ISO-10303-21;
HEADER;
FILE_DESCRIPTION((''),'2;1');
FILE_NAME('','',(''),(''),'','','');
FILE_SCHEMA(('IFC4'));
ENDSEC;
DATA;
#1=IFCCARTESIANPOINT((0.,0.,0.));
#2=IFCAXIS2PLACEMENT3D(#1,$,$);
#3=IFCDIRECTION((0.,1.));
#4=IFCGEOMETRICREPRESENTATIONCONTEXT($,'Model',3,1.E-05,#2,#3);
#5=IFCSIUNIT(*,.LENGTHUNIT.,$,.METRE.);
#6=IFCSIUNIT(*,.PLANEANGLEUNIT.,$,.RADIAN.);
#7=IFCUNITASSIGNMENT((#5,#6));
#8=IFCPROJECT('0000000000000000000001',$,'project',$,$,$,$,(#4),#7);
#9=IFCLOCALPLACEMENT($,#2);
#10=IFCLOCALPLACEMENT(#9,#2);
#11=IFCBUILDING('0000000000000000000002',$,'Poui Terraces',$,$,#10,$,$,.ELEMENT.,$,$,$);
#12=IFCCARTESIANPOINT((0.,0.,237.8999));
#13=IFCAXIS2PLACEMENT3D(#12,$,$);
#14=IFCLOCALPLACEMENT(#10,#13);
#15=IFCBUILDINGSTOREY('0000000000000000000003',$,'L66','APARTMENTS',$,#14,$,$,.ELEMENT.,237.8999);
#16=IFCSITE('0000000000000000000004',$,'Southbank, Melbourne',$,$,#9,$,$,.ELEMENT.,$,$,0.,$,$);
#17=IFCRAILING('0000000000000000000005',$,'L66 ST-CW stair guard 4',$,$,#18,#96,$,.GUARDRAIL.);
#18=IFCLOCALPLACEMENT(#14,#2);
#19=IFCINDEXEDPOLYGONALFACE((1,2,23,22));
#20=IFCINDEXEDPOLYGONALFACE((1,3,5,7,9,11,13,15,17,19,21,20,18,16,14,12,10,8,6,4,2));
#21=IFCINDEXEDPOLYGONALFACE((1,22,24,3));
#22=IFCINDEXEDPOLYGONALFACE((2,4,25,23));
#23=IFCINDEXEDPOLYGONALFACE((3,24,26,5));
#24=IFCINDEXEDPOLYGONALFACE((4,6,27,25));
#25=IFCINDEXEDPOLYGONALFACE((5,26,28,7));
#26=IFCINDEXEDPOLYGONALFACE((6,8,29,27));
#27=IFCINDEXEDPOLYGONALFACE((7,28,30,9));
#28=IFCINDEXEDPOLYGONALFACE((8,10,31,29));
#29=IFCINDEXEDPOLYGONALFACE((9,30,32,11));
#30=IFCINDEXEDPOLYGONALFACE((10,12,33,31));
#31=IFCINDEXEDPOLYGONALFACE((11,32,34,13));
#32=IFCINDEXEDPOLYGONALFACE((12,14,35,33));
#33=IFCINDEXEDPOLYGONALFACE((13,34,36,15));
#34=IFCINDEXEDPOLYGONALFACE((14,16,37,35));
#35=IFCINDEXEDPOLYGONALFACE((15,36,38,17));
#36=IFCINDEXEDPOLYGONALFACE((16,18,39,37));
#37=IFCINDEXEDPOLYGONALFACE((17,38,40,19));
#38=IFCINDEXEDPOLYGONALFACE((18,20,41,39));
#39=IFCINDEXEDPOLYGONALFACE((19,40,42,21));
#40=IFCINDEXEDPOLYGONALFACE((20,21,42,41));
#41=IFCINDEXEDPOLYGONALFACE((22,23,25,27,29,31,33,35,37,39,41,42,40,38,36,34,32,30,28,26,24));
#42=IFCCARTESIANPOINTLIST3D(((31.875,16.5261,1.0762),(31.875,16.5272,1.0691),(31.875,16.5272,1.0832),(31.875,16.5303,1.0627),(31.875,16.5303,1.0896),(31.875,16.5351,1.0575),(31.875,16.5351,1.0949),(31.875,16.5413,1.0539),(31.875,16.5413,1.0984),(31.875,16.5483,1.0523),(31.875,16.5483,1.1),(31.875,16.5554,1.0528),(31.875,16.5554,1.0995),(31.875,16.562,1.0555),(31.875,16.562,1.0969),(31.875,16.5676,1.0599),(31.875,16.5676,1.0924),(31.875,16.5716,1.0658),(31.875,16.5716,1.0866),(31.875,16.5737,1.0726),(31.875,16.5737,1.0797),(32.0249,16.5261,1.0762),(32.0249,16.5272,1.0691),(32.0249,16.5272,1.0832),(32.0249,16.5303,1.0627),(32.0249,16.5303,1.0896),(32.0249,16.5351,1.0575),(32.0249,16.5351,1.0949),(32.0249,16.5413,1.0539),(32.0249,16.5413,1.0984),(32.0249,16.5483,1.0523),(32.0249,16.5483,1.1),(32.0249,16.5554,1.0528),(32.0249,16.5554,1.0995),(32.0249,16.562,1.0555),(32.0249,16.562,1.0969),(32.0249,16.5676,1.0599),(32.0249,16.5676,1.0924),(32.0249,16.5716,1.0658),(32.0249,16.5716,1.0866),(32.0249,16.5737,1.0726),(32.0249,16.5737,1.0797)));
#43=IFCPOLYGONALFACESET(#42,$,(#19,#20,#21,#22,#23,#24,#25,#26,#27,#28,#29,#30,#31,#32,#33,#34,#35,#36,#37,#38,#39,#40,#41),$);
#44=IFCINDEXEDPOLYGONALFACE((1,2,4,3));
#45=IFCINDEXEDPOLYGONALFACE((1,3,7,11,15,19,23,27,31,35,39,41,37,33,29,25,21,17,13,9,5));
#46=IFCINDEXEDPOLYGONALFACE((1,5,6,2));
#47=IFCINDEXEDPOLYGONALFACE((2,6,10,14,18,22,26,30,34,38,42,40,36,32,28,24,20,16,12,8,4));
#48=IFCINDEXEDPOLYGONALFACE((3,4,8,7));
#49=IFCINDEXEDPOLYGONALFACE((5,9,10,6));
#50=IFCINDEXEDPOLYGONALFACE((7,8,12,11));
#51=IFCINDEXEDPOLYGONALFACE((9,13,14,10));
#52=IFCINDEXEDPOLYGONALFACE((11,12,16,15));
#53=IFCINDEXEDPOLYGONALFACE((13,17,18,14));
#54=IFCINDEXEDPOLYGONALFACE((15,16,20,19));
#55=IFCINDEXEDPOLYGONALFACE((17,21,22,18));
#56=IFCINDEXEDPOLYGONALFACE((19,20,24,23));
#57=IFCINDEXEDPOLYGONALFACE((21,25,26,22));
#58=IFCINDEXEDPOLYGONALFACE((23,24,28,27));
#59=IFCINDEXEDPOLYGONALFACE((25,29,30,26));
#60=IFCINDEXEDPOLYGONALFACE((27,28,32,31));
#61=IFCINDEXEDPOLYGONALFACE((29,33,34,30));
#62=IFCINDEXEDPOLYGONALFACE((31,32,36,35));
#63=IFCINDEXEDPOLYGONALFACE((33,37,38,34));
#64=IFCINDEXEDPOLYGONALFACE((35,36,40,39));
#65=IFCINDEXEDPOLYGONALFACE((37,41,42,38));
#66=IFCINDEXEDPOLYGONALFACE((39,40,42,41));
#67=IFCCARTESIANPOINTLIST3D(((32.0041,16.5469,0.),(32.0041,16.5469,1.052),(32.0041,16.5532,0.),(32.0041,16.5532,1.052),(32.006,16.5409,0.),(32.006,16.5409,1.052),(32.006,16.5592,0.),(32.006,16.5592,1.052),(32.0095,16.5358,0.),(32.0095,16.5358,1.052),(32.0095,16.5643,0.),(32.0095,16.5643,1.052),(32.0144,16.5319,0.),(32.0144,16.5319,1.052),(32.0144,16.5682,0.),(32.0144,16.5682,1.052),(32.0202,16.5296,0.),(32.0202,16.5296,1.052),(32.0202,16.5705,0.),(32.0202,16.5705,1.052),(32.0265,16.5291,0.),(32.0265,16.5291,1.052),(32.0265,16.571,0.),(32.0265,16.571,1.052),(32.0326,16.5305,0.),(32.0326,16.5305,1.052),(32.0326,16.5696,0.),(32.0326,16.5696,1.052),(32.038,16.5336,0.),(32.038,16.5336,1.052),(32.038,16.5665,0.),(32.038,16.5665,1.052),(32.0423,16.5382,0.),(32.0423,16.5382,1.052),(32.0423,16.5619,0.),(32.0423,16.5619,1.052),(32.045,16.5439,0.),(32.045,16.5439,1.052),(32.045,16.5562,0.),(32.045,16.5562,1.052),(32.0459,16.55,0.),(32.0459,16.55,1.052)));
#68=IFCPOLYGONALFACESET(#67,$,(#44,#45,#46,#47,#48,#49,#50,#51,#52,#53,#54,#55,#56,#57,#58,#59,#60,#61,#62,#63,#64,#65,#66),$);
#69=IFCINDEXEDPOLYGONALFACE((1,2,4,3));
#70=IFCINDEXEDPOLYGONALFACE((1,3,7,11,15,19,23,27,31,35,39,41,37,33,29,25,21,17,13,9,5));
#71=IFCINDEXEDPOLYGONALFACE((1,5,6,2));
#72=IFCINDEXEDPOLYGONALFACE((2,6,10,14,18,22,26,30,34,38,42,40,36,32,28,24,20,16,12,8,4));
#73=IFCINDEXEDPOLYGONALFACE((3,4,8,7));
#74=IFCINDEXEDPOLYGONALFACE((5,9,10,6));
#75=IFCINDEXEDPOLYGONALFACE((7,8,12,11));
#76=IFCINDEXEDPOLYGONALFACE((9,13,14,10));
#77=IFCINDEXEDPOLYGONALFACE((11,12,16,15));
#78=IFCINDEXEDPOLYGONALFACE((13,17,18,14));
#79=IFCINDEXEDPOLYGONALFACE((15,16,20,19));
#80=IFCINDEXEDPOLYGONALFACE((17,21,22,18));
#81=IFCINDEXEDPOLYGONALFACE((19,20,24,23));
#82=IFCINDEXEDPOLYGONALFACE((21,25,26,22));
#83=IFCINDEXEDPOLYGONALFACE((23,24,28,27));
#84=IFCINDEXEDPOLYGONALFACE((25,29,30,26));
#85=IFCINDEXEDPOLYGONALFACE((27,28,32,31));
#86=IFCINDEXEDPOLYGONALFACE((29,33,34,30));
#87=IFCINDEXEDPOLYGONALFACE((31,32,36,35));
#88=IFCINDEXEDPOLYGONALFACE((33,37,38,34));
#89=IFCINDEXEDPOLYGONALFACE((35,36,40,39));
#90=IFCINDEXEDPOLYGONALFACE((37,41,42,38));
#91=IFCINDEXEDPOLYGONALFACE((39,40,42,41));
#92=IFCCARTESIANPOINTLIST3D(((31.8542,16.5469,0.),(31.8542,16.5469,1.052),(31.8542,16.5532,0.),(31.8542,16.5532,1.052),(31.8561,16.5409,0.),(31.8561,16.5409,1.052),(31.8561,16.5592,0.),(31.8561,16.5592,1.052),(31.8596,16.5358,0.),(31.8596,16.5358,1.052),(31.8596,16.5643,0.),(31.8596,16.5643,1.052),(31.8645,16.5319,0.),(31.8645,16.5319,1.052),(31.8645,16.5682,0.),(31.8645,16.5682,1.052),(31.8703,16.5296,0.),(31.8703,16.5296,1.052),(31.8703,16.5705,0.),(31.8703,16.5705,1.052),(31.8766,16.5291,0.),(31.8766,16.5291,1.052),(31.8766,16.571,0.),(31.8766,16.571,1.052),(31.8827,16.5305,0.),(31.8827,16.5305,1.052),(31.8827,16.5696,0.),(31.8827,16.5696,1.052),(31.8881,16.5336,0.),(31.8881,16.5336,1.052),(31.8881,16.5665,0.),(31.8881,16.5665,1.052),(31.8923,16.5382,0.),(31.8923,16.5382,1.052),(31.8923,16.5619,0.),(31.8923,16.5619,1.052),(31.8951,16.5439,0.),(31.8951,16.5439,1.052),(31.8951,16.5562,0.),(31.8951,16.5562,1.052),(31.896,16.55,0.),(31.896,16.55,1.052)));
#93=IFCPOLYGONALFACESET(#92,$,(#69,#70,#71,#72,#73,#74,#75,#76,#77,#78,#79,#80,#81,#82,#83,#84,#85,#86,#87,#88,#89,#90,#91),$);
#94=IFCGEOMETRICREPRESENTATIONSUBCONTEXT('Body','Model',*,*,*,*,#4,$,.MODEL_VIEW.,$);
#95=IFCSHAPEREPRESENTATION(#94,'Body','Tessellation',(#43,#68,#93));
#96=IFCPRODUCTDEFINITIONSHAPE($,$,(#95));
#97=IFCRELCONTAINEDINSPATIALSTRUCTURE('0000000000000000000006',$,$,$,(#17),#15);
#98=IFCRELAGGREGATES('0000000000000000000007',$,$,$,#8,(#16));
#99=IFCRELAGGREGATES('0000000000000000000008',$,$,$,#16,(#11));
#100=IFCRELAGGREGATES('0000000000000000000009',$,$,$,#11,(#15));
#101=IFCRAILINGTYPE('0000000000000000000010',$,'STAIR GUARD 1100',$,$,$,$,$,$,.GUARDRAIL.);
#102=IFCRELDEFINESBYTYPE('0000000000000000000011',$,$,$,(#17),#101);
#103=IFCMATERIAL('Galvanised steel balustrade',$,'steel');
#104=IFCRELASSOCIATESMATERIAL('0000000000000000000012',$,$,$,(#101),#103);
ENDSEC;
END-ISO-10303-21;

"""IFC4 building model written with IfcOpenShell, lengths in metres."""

from ifc_helpers import new_model, si_unit, direction, frame, origin, origin_2d, place, context, subcontext, project, spatial, circle, extrude, material, type_object, element, save


model = new_model("IFC4")

# Units and contexts
model_context = context("Model", 3, precision=1e-05, world=origin(), true_north=direction((0.0, 1.0)))
body_context = subcontext(model_context, "Body", "Model", "MODEL_VIEW")
ifc_project = project(units=[si_unit("LENGTHUNIT", "METRE"), si_unit("PLANEANGLEUNIT", "RADIAN")], contexts=[model_context])

# Site, building, storey
site_placement = place(None, origin())
site = spatial("IfcSite", under=ifc_project, at=site_placement, Name="Southbank, Melbourne", CompositionType="ELEMENT", RefElevation=0.0)
building_placement = place(site_placement, origin())
building = spatial("IfcBuilding", under=site, at=building_placement, Name="Poui Terraces", CompositionType="ELEMENT")
storey_placement = place(building_placement, frame((0.0, 0.0, 237.8999)))
storey = spatial("IfcBuildingStorey", under=building, at=storey_placement, Name="L66", Description="APARTMENTS", CompositionType="ELEMENT", Elevation=237.8999)

# Railing
ifc_material_1 = material(Name="Galvanised steel balustrade", Category="steel")
railing_type_1 = type_object("IfcRailingType", Name="STAIR GUARD 1100", PredefinedType="GUARDRAIL", material=ifc_material_1)
railing_1_placement = place(storey_placement, frame((32.0249, 16.55, 0.0)))
element("IfcRailing", 1, at=railing_1_placement, inside=storey, type_object=railing_type_1, Name="L66 ST-CW stair guard 4", PredefinedType="GUARDRAIL", context=body_context, shape_type="SweptSolid", body=[
    extrude(circle(Radius=0.0239, at=origin_2d()), frame((0.0, 0.0, 1.0762), z_axis=(-1.0, 0.0, 0.0), x_axis=(0.0, -1.0, 0.0)), (0.0, 0.0, 1.0), 0.1499),
    extrude(circle(Radius=0.021, at=origin_2d()), origin(), (0.0, 0.0, 1.0), 1.052),
    extrude(circle(Radius=0.021, at=origin_2d()), frame((-0.1499, 0.0, 0.0)), (0.0, 0.0, 1.0), 1.052),
])

save(model, "model.ifc")
